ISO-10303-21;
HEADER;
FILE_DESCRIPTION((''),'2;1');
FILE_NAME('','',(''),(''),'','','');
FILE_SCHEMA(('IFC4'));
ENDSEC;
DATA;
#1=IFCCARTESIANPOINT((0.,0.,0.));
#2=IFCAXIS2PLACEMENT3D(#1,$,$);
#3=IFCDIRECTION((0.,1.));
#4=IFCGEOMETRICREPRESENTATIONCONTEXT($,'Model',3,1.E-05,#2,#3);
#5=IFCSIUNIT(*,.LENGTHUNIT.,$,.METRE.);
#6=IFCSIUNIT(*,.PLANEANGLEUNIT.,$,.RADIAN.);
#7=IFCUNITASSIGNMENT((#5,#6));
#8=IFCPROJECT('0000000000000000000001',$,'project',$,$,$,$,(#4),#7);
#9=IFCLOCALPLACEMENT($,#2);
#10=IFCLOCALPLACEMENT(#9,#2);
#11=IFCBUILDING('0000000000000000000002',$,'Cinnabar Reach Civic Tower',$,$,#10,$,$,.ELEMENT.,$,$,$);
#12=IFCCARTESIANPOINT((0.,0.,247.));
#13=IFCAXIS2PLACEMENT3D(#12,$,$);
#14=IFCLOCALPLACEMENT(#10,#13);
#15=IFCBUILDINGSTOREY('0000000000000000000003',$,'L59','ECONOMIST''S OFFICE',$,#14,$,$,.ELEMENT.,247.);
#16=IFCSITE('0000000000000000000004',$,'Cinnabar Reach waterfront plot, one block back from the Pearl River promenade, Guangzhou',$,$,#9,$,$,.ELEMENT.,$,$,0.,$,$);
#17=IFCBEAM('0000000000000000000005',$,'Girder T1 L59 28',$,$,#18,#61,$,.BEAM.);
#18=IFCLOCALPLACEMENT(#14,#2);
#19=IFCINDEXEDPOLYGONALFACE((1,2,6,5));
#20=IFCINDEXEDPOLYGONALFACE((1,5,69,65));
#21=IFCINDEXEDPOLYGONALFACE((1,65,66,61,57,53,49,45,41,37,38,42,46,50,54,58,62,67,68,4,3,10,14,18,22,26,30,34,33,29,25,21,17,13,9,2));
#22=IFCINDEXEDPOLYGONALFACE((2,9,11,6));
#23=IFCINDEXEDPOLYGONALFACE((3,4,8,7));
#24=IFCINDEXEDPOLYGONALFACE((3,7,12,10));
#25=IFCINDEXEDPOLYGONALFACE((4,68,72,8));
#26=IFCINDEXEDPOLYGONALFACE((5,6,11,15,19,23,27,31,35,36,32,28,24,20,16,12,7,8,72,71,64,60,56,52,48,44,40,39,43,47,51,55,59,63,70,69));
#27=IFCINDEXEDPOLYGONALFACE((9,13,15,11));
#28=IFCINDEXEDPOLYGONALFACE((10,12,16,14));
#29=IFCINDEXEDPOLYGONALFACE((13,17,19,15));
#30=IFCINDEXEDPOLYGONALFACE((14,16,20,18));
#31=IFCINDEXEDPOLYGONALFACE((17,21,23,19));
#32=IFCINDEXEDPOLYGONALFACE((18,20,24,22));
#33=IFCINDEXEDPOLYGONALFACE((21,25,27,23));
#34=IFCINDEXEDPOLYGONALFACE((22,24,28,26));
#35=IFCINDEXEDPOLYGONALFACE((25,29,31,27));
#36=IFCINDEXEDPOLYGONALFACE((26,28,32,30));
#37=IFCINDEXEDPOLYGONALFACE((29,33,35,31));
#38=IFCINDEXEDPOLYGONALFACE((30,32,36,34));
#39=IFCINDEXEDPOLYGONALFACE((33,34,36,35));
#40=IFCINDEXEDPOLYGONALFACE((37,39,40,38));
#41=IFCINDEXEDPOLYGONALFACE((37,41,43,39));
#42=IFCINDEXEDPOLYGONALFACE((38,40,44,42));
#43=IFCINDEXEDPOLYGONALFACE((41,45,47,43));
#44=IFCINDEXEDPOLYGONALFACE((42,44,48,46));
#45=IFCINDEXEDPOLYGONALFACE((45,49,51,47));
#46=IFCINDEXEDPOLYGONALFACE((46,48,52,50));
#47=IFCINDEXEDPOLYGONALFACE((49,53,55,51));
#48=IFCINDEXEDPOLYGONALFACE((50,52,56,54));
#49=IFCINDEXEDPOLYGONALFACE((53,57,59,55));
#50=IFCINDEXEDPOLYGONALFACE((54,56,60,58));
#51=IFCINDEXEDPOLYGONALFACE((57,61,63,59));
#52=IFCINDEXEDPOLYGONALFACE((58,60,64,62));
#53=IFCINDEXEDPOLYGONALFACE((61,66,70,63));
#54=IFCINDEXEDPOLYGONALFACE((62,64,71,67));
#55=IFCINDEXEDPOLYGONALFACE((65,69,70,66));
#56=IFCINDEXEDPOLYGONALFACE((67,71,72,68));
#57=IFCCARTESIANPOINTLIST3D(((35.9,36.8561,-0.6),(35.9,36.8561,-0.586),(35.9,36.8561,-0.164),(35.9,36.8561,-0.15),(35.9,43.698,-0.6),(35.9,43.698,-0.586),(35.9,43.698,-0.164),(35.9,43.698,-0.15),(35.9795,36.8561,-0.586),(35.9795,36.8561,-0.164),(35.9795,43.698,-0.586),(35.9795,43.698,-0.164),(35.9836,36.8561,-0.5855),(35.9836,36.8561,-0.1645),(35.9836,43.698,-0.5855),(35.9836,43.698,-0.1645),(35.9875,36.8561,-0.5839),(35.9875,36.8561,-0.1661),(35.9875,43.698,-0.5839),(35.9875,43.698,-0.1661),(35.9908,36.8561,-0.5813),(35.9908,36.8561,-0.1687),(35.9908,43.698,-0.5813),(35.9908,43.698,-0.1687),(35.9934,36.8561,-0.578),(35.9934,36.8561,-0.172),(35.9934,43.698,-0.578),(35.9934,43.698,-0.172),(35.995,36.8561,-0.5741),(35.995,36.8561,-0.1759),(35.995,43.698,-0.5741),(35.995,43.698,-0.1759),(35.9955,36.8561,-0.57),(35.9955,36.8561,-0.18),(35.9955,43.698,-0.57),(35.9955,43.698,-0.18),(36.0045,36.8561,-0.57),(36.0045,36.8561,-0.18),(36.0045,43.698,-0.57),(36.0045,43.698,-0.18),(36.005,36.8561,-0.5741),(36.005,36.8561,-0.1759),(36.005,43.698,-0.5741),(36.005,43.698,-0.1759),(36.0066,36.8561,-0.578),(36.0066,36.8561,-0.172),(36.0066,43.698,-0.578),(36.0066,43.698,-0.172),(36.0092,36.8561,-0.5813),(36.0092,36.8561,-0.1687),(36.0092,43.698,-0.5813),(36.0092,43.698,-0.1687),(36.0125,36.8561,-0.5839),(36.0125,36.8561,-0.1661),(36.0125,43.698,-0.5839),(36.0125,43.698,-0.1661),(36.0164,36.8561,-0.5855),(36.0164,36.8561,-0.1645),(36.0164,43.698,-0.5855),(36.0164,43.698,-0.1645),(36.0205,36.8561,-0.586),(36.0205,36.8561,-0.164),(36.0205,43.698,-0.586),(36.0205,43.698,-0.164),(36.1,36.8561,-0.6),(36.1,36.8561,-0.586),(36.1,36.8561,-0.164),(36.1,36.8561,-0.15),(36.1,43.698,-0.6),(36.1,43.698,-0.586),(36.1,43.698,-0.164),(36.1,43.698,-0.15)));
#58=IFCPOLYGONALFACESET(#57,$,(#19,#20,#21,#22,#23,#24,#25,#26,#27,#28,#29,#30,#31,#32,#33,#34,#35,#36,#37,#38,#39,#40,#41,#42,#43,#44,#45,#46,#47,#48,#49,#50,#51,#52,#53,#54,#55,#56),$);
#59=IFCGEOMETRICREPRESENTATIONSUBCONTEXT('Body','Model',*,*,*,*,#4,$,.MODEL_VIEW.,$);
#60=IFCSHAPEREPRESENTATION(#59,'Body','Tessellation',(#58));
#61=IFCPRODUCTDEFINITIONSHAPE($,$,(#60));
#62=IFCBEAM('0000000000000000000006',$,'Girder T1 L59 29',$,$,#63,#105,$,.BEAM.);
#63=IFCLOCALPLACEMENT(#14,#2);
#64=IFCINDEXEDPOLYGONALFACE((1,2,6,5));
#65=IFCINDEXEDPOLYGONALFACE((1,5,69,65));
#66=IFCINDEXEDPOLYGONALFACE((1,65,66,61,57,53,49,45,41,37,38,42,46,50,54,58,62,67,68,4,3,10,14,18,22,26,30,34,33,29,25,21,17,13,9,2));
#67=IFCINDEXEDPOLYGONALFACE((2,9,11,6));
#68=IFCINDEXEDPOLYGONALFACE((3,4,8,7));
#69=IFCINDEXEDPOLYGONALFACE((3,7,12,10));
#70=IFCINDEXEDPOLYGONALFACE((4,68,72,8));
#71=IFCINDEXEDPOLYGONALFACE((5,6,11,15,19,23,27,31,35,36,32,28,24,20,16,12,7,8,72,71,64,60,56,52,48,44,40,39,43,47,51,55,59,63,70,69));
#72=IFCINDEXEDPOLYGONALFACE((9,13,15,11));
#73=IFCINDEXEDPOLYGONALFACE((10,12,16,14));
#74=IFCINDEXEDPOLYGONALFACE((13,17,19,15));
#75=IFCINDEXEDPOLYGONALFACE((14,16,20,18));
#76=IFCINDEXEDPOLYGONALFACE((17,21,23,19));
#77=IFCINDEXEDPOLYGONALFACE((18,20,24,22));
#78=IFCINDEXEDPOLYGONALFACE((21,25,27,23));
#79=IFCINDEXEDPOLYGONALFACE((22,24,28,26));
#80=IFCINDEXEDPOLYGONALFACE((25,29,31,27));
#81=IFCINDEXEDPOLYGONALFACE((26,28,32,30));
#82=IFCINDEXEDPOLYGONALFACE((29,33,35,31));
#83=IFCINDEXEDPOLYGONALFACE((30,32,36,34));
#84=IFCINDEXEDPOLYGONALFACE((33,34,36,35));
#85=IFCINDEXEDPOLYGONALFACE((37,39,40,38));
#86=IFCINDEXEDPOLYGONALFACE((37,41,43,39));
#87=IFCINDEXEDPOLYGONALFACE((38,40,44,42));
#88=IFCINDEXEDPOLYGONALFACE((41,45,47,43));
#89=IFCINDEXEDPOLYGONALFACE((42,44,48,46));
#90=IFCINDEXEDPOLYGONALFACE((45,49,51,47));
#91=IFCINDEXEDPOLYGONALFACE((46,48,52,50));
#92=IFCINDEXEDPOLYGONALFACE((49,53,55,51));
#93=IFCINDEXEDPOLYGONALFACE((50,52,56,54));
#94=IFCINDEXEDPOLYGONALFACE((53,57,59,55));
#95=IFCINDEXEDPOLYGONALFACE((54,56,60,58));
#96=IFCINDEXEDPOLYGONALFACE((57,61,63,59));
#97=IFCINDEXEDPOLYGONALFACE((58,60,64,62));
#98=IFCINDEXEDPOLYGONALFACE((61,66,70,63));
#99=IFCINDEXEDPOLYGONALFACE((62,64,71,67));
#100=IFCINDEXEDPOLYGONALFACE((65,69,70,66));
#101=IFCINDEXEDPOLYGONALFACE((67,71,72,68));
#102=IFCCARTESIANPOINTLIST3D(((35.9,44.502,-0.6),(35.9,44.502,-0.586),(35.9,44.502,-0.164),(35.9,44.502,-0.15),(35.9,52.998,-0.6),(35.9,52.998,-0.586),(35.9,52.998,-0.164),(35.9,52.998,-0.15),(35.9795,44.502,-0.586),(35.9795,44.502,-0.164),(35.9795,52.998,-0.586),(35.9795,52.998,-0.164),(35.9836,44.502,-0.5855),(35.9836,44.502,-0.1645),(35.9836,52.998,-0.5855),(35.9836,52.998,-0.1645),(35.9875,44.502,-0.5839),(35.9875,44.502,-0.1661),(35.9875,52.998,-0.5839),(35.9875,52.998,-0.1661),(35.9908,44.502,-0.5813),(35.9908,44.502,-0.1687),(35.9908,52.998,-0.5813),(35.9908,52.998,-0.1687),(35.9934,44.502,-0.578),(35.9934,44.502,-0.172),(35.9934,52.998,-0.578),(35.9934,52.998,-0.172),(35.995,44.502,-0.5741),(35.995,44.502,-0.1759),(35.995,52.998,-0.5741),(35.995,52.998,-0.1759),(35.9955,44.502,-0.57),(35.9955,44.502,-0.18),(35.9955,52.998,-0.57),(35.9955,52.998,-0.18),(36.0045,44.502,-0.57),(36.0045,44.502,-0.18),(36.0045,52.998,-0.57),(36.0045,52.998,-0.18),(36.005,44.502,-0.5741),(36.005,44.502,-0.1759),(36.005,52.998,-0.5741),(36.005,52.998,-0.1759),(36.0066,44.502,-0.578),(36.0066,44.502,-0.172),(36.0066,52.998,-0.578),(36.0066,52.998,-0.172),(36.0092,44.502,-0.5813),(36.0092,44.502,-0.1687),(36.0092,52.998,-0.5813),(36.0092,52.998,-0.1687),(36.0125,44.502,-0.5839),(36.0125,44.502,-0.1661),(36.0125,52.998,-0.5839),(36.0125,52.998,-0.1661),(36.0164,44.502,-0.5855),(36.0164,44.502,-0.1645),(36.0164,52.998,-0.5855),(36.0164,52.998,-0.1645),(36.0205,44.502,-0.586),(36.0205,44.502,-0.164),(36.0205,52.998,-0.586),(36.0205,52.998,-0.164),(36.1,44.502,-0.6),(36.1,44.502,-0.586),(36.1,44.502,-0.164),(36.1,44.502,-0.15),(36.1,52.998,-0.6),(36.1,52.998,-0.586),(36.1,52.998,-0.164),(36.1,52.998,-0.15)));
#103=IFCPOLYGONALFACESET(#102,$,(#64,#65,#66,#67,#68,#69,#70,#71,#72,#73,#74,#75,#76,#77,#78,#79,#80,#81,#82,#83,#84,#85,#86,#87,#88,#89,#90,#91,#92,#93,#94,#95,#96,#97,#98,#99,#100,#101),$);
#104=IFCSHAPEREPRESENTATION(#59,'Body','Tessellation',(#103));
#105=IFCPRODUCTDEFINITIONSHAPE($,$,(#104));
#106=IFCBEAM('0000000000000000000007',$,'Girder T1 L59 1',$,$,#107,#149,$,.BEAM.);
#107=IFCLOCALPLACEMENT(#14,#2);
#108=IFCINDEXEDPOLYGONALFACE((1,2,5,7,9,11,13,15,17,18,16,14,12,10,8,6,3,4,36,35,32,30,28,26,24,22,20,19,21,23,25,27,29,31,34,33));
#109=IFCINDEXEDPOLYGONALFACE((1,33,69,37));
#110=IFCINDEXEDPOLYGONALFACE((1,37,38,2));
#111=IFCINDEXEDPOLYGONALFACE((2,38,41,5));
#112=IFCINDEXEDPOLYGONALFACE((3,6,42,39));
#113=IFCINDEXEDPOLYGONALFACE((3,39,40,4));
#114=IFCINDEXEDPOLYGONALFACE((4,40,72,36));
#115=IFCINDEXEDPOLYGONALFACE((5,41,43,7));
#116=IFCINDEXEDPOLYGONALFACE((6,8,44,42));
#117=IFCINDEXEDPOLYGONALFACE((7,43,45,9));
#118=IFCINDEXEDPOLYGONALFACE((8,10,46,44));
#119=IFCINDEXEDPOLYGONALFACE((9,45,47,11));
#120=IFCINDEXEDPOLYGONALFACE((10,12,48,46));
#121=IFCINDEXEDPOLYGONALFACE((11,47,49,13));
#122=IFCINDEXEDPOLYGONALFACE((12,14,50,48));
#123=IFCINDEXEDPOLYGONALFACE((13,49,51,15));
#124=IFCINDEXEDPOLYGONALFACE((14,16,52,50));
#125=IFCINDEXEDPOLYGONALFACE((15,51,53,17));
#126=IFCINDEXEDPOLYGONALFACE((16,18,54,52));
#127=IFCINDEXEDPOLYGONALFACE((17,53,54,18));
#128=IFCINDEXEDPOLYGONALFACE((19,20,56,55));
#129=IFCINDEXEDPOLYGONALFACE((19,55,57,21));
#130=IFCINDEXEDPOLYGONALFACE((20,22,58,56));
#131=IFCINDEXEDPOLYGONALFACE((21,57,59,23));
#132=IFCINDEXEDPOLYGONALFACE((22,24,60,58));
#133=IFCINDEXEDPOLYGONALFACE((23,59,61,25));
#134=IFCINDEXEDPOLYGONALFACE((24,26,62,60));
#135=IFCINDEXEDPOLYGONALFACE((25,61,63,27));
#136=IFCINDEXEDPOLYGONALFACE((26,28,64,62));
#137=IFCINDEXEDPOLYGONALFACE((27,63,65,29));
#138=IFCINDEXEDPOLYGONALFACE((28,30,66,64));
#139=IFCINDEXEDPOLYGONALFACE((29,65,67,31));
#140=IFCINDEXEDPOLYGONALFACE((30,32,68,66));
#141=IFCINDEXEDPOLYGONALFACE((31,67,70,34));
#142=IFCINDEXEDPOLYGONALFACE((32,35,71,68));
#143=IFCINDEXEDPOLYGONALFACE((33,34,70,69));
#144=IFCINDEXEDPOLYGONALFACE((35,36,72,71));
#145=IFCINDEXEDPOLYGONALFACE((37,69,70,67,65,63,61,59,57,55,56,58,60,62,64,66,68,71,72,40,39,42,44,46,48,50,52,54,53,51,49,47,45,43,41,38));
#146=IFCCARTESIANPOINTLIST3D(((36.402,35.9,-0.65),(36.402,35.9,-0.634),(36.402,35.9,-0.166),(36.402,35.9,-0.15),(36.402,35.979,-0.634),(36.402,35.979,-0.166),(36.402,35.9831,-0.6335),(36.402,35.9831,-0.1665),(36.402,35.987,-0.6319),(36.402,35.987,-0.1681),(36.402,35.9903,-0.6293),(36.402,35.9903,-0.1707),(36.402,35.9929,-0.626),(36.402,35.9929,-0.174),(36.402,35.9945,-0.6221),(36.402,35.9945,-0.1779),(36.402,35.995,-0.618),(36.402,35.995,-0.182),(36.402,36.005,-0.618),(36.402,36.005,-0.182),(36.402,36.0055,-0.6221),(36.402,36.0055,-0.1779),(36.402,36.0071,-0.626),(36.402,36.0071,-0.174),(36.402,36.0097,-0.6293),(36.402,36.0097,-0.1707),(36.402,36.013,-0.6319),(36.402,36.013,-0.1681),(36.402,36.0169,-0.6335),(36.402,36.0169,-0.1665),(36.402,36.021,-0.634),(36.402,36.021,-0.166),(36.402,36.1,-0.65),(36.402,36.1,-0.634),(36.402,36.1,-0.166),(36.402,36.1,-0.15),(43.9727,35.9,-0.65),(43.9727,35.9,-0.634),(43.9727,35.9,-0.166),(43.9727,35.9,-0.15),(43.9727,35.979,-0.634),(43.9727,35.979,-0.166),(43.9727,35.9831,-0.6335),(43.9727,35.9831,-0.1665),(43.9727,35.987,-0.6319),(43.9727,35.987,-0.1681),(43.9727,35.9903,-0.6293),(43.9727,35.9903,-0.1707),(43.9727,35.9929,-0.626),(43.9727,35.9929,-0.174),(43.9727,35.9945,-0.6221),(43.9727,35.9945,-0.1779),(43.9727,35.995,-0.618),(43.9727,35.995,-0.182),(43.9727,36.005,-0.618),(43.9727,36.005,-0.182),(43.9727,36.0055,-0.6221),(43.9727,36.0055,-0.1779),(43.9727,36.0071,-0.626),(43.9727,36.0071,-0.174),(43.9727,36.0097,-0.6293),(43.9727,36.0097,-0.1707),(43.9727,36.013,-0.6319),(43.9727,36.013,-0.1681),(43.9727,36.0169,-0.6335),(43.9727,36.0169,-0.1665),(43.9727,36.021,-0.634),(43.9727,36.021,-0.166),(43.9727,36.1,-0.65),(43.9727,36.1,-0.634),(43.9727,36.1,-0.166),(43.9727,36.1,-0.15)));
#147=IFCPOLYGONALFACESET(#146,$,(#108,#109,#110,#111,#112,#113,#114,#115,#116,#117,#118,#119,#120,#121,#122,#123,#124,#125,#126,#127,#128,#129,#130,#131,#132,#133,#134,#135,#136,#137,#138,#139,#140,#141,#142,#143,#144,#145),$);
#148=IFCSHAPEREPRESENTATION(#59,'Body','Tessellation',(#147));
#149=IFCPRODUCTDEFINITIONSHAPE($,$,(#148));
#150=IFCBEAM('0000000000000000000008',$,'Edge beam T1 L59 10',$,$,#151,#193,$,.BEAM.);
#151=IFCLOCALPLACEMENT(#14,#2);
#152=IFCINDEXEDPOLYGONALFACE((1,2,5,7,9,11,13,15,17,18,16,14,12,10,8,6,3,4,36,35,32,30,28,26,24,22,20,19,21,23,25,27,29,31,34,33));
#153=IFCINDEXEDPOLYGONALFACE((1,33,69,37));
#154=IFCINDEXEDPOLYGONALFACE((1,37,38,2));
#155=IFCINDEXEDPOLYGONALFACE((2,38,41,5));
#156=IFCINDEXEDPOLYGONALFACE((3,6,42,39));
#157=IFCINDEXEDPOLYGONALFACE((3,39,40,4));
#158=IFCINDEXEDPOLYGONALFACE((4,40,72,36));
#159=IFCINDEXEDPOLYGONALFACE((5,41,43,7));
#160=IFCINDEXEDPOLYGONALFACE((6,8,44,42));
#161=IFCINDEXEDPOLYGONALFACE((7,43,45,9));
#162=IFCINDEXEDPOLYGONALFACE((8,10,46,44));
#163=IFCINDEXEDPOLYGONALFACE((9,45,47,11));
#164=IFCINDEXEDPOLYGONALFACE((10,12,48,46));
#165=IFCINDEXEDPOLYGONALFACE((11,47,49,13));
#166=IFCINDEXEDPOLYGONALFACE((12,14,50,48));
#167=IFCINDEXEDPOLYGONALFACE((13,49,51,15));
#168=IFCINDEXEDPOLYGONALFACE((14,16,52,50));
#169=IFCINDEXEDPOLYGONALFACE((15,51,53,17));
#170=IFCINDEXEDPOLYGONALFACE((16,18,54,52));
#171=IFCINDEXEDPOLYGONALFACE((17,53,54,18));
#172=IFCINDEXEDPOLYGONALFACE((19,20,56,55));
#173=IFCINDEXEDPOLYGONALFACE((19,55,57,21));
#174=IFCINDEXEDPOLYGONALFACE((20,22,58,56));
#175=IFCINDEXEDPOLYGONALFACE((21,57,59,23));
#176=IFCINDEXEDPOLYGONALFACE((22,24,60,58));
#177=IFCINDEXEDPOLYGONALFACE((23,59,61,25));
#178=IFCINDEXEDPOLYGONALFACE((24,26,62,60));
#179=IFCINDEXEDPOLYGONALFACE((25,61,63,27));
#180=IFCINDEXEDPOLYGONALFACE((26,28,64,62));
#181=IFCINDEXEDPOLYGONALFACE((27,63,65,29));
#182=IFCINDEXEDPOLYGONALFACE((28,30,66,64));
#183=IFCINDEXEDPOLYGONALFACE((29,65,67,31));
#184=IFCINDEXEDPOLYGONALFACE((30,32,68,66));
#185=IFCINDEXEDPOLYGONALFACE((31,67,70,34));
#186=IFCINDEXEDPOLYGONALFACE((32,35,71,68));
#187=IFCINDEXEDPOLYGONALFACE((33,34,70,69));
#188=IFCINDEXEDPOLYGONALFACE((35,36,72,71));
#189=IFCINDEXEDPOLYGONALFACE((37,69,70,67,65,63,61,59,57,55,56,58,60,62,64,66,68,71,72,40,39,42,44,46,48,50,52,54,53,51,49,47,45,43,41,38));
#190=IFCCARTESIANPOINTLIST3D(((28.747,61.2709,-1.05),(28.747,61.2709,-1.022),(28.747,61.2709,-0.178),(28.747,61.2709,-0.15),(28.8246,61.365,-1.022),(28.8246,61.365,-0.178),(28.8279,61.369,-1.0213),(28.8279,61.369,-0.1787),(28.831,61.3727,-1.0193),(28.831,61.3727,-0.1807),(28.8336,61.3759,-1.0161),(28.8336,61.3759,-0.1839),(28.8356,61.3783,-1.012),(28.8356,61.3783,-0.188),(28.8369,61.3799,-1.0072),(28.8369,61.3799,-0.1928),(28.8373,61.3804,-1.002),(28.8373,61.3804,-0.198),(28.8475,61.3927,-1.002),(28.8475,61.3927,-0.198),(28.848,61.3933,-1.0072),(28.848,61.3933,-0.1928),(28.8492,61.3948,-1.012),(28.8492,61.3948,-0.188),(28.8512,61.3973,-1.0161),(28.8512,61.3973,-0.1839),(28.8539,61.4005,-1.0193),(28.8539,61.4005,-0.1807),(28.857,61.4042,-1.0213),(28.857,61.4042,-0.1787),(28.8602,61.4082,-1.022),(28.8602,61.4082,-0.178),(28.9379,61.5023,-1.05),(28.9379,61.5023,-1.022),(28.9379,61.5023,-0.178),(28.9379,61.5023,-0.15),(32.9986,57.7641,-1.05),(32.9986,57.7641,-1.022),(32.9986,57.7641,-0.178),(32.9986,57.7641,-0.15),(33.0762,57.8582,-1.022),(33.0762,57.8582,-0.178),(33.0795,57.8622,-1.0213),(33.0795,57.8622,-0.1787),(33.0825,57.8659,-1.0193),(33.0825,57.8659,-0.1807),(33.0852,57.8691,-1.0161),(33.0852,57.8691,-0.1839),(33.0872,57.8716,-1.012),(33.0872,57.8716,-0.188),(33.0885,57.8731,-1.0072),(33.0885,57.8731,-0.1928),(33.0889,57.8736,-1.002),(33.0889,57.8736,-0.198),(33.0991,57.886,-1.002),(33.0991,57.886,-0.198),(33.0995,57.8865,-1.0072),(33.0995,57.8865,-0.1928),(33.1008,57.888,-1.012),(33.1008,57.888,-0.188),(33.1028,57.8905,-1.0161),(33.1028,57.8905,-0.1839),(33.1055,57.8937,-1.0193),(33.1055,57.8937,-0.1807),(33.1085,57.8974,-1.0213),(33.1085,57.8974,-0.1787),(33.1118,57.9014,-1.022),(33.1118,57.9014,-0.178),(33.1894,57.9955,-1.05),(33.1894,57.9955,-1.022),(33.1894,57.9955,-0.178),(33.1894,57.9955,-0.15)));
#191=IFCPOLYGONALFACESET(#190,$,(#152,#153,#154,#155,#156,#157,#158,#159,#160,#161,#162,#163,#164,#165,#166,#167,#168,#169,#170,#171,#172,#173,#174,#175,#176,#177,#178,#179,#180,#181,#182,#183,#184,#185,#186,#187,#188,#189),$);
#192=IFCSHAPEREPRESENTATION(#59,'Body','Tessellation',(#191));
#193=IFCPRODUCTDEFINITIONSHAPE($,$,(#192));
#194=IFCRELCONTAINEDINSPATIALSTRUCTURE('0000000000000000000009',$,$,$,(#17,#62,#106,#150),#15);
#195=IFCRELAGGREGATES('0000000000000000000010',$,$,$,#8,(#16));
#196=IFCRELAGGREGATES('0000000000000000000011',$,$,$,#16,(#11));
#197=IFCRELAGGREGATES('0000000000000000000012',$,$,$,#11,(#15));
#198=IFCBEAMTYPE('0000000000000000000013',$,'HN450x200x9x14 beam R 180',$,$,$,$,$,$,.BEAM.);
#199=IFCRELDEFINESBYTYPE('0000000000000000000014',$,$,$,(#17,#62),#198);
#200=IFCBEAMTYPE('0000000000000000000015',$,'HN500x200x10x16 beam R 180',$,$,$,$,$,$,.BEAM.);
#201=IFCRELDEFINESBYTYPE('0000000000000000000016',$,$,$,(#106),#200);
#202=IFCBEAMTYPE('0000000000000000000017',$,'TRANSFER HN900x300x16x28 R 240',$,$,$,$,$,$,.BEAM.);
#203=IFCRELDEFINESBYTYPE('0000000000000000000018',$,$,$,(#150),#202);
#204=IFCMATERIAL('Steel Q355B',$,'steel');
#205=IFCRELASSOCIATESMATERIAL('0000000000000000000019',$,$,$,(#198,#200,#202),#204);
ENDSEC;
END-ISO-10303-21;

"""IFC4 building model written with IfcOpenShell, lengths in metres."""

from ifc_helpers import new_model, si_unit, direction, frame, origin, origin_2d, place, context, subcontext, project, spatial, i_section, extrude, material, material_profile, profile_set, type_object, element, save


model = new_model("IFC4")

# Units and contexts
model_context = context("Model", 3, precision=1e-05, world=origin(), true_north=direction((0.0, 1.0)))
body_context = subcontext(model_context, "Body", "Model", "MODEL_VIEW")
ifc_project = project(units=[si_unit("LENGTHUNIT", "METRE"), si_unit("PLANEANGLEUNIT", "RADIAN")], contexts=[model_context])

# Site, building, storey
site_placement = place(None, origin())
site = spatial("IfcSite", under=ifc_project, at=site_placement, Name="Cinnabar Reach waterfront plot, one block back from the Pearl River promenade, Guangzhou", CompositionType="ELEMENT", RefElevation=0.0)
building_placement = place(site_placement, origin())
building = spatial("IfcBuilding", under=site, at=building_placement, Name="Cinnabar Reach Civic Tower", CompositionType="ELEMENT")
storey_placement = place(building_placement, frame((0.0, 0.0, 247.0)))
storey = spatial("IfcBuildingStorey", under=building, at=storey_placement, Name="L59", Description="ECONOMIST'S OFFICE", CompositionType="ELEMENT", Elevation=247.0)

# Beams
ifc_material_1 = material(Name="Steel Q355B", Category="steel")
ifc_material_profile_1 = material_profile(ifc_material_1, i_section(OverallWidth=0.2, OverallDepth=0.45, WebThickness=0.009, FlangeThickness=0.014, FilletRadius=0.016, at=origin_2d()), Name="HN450x200x9x14")
ifc_profile_set_1 = profile_set([ifc_material_profile_1], Name="Steel Q355B")
beam_type_1 = type_object("IfcBeamType", Name="HN450x200x9x14 beam R 180", PredefinedType="BEAM", material=ifc_profile_set_1)
beam_1_placement = place(storey_placement, frame((36.0, 36.8561, -0.375), z_axis=(0.0, 1.0, 0.0), x_axis=(-1.0, 0.0, 0.0)))
element("IfcBeam", 1, at=beam_1_placement, inside=storey, type_object=beam_type_1, Name="Girder T1 L59 28", PredefinedType="BEAM", context=body_context, shape_type="SweptSolid", body=[
    extrude(i_section(OverallWidth=0.2, OverallDepth=0.45, WebThickness=0.009, FlangeThickness=0.014, FilletRadius=0.016, at=origin_2d()), origin(), (0.0, 0.0, 1.0), 6.8419),
])
beam_2_placement = place(storey_placement, frame((36.0, 44.502, -0.375), z_axis=(0.0, 1.0, 0.0), x_axis=(-1.0, 0.0, 0.0)))
element("IfcBeam", 2, at=beam_2_placement, inside=storey, type_object=beam_type_1, Name="Girder T1 L59 29", PredefinedType="BEAM", context=body_context, shape_type="SweptSolid", body=[
    extrude(i_section(OverallWidth=0.2, OverallDepth=0.45, WebThickness=0.009, FlangeThickness=0.014, FilletRadius=0.016, at=origin_2d()), origin(), (0.0, 0.0, 1.0), 8.496),
])
ifc_material_profile_2 = material_profile(ifc_material_1, i_section(OverallWidth=0.2, OverallDepth=0.5, WebThickness=0.01, FlangeThickness=0.016, FilletRadius=0.016, at=origin_2d()), Name="HN500x200x10x16")
ifc_profile_set_2 = profile_set([ifc_material_profile_2], Name="Steel Q355B")
beam_type_2 = type_object("IfcBeamType", Name="HN500x200x10x16 beam R 180", PredefinedType="BEAM", material=ifc_profile_set_2)
beam_3_placement = place(storey_placement, frame((36.402, 36.0, -0.4), z_axis=(1.0, 0.0, 0.0), x_axis=(0.0, 1.0, 0.0)))
element("IfcBeam", 3, at=beam_3_placement, inside=storey, type_object=beam_type_2, Name="Girder T1 L59 1", PredefinedType="BEAM", context=body_context, shape_type="SweptSolid", body=[
    extrude(i_section(OverallWidth=0.2, OverallDepth=0.5, WebThickness=0.01, FlangeThickness=0.016, FilletRadius=0.016, at=origin_2d()), origin(), (0.0, 0.0, 1.0), 7.5707),
])
ifc_material_profile_3 = material_profile(ifc_material_1, i_section(OverallWidth=0.3, OverallDepth=0.9, WebThickness=0.016, FlangeThickness=0.028, FilletRadius=0.02, at=origin_2d()), Name="HN900x300x16x28")
ifc_profile_set_3 = profile_set([ifc_material_profile_3], Name="Steel Q355B")
beam_type_3 = type_object("IfcBeamType", Name="TRANSFER HN900x300x16x28 R 240", PredefinedType="BEAM", material=ifc_profile_set_3)
beam_4_placement = place(storey_placement, frame((33.094, 57.8798, -0.6), z_axis=(-0.771442, 0.6363, 0.0), x_axis=(-0.6363, -0.771442, 0.0)))
element("IfcBeam", 4, at=beam_4_placement, inside=storey, type_object=beam_type_3, Name="Edge beam T1 L59 10", PredefinedType="BEAM", context=body_context, shape_type="SweptSolid", body=[
    extrude(i_section(OverallWidth=0.3, OverallDepth=0.9, WebThickness=0.016, FlangeThickness=0.028, FilletRadius=0.02, at=origin_2d()), origin(), (0.0, 0.0, 1.0), 5.5112),
])

save(model, "model.ifc")
